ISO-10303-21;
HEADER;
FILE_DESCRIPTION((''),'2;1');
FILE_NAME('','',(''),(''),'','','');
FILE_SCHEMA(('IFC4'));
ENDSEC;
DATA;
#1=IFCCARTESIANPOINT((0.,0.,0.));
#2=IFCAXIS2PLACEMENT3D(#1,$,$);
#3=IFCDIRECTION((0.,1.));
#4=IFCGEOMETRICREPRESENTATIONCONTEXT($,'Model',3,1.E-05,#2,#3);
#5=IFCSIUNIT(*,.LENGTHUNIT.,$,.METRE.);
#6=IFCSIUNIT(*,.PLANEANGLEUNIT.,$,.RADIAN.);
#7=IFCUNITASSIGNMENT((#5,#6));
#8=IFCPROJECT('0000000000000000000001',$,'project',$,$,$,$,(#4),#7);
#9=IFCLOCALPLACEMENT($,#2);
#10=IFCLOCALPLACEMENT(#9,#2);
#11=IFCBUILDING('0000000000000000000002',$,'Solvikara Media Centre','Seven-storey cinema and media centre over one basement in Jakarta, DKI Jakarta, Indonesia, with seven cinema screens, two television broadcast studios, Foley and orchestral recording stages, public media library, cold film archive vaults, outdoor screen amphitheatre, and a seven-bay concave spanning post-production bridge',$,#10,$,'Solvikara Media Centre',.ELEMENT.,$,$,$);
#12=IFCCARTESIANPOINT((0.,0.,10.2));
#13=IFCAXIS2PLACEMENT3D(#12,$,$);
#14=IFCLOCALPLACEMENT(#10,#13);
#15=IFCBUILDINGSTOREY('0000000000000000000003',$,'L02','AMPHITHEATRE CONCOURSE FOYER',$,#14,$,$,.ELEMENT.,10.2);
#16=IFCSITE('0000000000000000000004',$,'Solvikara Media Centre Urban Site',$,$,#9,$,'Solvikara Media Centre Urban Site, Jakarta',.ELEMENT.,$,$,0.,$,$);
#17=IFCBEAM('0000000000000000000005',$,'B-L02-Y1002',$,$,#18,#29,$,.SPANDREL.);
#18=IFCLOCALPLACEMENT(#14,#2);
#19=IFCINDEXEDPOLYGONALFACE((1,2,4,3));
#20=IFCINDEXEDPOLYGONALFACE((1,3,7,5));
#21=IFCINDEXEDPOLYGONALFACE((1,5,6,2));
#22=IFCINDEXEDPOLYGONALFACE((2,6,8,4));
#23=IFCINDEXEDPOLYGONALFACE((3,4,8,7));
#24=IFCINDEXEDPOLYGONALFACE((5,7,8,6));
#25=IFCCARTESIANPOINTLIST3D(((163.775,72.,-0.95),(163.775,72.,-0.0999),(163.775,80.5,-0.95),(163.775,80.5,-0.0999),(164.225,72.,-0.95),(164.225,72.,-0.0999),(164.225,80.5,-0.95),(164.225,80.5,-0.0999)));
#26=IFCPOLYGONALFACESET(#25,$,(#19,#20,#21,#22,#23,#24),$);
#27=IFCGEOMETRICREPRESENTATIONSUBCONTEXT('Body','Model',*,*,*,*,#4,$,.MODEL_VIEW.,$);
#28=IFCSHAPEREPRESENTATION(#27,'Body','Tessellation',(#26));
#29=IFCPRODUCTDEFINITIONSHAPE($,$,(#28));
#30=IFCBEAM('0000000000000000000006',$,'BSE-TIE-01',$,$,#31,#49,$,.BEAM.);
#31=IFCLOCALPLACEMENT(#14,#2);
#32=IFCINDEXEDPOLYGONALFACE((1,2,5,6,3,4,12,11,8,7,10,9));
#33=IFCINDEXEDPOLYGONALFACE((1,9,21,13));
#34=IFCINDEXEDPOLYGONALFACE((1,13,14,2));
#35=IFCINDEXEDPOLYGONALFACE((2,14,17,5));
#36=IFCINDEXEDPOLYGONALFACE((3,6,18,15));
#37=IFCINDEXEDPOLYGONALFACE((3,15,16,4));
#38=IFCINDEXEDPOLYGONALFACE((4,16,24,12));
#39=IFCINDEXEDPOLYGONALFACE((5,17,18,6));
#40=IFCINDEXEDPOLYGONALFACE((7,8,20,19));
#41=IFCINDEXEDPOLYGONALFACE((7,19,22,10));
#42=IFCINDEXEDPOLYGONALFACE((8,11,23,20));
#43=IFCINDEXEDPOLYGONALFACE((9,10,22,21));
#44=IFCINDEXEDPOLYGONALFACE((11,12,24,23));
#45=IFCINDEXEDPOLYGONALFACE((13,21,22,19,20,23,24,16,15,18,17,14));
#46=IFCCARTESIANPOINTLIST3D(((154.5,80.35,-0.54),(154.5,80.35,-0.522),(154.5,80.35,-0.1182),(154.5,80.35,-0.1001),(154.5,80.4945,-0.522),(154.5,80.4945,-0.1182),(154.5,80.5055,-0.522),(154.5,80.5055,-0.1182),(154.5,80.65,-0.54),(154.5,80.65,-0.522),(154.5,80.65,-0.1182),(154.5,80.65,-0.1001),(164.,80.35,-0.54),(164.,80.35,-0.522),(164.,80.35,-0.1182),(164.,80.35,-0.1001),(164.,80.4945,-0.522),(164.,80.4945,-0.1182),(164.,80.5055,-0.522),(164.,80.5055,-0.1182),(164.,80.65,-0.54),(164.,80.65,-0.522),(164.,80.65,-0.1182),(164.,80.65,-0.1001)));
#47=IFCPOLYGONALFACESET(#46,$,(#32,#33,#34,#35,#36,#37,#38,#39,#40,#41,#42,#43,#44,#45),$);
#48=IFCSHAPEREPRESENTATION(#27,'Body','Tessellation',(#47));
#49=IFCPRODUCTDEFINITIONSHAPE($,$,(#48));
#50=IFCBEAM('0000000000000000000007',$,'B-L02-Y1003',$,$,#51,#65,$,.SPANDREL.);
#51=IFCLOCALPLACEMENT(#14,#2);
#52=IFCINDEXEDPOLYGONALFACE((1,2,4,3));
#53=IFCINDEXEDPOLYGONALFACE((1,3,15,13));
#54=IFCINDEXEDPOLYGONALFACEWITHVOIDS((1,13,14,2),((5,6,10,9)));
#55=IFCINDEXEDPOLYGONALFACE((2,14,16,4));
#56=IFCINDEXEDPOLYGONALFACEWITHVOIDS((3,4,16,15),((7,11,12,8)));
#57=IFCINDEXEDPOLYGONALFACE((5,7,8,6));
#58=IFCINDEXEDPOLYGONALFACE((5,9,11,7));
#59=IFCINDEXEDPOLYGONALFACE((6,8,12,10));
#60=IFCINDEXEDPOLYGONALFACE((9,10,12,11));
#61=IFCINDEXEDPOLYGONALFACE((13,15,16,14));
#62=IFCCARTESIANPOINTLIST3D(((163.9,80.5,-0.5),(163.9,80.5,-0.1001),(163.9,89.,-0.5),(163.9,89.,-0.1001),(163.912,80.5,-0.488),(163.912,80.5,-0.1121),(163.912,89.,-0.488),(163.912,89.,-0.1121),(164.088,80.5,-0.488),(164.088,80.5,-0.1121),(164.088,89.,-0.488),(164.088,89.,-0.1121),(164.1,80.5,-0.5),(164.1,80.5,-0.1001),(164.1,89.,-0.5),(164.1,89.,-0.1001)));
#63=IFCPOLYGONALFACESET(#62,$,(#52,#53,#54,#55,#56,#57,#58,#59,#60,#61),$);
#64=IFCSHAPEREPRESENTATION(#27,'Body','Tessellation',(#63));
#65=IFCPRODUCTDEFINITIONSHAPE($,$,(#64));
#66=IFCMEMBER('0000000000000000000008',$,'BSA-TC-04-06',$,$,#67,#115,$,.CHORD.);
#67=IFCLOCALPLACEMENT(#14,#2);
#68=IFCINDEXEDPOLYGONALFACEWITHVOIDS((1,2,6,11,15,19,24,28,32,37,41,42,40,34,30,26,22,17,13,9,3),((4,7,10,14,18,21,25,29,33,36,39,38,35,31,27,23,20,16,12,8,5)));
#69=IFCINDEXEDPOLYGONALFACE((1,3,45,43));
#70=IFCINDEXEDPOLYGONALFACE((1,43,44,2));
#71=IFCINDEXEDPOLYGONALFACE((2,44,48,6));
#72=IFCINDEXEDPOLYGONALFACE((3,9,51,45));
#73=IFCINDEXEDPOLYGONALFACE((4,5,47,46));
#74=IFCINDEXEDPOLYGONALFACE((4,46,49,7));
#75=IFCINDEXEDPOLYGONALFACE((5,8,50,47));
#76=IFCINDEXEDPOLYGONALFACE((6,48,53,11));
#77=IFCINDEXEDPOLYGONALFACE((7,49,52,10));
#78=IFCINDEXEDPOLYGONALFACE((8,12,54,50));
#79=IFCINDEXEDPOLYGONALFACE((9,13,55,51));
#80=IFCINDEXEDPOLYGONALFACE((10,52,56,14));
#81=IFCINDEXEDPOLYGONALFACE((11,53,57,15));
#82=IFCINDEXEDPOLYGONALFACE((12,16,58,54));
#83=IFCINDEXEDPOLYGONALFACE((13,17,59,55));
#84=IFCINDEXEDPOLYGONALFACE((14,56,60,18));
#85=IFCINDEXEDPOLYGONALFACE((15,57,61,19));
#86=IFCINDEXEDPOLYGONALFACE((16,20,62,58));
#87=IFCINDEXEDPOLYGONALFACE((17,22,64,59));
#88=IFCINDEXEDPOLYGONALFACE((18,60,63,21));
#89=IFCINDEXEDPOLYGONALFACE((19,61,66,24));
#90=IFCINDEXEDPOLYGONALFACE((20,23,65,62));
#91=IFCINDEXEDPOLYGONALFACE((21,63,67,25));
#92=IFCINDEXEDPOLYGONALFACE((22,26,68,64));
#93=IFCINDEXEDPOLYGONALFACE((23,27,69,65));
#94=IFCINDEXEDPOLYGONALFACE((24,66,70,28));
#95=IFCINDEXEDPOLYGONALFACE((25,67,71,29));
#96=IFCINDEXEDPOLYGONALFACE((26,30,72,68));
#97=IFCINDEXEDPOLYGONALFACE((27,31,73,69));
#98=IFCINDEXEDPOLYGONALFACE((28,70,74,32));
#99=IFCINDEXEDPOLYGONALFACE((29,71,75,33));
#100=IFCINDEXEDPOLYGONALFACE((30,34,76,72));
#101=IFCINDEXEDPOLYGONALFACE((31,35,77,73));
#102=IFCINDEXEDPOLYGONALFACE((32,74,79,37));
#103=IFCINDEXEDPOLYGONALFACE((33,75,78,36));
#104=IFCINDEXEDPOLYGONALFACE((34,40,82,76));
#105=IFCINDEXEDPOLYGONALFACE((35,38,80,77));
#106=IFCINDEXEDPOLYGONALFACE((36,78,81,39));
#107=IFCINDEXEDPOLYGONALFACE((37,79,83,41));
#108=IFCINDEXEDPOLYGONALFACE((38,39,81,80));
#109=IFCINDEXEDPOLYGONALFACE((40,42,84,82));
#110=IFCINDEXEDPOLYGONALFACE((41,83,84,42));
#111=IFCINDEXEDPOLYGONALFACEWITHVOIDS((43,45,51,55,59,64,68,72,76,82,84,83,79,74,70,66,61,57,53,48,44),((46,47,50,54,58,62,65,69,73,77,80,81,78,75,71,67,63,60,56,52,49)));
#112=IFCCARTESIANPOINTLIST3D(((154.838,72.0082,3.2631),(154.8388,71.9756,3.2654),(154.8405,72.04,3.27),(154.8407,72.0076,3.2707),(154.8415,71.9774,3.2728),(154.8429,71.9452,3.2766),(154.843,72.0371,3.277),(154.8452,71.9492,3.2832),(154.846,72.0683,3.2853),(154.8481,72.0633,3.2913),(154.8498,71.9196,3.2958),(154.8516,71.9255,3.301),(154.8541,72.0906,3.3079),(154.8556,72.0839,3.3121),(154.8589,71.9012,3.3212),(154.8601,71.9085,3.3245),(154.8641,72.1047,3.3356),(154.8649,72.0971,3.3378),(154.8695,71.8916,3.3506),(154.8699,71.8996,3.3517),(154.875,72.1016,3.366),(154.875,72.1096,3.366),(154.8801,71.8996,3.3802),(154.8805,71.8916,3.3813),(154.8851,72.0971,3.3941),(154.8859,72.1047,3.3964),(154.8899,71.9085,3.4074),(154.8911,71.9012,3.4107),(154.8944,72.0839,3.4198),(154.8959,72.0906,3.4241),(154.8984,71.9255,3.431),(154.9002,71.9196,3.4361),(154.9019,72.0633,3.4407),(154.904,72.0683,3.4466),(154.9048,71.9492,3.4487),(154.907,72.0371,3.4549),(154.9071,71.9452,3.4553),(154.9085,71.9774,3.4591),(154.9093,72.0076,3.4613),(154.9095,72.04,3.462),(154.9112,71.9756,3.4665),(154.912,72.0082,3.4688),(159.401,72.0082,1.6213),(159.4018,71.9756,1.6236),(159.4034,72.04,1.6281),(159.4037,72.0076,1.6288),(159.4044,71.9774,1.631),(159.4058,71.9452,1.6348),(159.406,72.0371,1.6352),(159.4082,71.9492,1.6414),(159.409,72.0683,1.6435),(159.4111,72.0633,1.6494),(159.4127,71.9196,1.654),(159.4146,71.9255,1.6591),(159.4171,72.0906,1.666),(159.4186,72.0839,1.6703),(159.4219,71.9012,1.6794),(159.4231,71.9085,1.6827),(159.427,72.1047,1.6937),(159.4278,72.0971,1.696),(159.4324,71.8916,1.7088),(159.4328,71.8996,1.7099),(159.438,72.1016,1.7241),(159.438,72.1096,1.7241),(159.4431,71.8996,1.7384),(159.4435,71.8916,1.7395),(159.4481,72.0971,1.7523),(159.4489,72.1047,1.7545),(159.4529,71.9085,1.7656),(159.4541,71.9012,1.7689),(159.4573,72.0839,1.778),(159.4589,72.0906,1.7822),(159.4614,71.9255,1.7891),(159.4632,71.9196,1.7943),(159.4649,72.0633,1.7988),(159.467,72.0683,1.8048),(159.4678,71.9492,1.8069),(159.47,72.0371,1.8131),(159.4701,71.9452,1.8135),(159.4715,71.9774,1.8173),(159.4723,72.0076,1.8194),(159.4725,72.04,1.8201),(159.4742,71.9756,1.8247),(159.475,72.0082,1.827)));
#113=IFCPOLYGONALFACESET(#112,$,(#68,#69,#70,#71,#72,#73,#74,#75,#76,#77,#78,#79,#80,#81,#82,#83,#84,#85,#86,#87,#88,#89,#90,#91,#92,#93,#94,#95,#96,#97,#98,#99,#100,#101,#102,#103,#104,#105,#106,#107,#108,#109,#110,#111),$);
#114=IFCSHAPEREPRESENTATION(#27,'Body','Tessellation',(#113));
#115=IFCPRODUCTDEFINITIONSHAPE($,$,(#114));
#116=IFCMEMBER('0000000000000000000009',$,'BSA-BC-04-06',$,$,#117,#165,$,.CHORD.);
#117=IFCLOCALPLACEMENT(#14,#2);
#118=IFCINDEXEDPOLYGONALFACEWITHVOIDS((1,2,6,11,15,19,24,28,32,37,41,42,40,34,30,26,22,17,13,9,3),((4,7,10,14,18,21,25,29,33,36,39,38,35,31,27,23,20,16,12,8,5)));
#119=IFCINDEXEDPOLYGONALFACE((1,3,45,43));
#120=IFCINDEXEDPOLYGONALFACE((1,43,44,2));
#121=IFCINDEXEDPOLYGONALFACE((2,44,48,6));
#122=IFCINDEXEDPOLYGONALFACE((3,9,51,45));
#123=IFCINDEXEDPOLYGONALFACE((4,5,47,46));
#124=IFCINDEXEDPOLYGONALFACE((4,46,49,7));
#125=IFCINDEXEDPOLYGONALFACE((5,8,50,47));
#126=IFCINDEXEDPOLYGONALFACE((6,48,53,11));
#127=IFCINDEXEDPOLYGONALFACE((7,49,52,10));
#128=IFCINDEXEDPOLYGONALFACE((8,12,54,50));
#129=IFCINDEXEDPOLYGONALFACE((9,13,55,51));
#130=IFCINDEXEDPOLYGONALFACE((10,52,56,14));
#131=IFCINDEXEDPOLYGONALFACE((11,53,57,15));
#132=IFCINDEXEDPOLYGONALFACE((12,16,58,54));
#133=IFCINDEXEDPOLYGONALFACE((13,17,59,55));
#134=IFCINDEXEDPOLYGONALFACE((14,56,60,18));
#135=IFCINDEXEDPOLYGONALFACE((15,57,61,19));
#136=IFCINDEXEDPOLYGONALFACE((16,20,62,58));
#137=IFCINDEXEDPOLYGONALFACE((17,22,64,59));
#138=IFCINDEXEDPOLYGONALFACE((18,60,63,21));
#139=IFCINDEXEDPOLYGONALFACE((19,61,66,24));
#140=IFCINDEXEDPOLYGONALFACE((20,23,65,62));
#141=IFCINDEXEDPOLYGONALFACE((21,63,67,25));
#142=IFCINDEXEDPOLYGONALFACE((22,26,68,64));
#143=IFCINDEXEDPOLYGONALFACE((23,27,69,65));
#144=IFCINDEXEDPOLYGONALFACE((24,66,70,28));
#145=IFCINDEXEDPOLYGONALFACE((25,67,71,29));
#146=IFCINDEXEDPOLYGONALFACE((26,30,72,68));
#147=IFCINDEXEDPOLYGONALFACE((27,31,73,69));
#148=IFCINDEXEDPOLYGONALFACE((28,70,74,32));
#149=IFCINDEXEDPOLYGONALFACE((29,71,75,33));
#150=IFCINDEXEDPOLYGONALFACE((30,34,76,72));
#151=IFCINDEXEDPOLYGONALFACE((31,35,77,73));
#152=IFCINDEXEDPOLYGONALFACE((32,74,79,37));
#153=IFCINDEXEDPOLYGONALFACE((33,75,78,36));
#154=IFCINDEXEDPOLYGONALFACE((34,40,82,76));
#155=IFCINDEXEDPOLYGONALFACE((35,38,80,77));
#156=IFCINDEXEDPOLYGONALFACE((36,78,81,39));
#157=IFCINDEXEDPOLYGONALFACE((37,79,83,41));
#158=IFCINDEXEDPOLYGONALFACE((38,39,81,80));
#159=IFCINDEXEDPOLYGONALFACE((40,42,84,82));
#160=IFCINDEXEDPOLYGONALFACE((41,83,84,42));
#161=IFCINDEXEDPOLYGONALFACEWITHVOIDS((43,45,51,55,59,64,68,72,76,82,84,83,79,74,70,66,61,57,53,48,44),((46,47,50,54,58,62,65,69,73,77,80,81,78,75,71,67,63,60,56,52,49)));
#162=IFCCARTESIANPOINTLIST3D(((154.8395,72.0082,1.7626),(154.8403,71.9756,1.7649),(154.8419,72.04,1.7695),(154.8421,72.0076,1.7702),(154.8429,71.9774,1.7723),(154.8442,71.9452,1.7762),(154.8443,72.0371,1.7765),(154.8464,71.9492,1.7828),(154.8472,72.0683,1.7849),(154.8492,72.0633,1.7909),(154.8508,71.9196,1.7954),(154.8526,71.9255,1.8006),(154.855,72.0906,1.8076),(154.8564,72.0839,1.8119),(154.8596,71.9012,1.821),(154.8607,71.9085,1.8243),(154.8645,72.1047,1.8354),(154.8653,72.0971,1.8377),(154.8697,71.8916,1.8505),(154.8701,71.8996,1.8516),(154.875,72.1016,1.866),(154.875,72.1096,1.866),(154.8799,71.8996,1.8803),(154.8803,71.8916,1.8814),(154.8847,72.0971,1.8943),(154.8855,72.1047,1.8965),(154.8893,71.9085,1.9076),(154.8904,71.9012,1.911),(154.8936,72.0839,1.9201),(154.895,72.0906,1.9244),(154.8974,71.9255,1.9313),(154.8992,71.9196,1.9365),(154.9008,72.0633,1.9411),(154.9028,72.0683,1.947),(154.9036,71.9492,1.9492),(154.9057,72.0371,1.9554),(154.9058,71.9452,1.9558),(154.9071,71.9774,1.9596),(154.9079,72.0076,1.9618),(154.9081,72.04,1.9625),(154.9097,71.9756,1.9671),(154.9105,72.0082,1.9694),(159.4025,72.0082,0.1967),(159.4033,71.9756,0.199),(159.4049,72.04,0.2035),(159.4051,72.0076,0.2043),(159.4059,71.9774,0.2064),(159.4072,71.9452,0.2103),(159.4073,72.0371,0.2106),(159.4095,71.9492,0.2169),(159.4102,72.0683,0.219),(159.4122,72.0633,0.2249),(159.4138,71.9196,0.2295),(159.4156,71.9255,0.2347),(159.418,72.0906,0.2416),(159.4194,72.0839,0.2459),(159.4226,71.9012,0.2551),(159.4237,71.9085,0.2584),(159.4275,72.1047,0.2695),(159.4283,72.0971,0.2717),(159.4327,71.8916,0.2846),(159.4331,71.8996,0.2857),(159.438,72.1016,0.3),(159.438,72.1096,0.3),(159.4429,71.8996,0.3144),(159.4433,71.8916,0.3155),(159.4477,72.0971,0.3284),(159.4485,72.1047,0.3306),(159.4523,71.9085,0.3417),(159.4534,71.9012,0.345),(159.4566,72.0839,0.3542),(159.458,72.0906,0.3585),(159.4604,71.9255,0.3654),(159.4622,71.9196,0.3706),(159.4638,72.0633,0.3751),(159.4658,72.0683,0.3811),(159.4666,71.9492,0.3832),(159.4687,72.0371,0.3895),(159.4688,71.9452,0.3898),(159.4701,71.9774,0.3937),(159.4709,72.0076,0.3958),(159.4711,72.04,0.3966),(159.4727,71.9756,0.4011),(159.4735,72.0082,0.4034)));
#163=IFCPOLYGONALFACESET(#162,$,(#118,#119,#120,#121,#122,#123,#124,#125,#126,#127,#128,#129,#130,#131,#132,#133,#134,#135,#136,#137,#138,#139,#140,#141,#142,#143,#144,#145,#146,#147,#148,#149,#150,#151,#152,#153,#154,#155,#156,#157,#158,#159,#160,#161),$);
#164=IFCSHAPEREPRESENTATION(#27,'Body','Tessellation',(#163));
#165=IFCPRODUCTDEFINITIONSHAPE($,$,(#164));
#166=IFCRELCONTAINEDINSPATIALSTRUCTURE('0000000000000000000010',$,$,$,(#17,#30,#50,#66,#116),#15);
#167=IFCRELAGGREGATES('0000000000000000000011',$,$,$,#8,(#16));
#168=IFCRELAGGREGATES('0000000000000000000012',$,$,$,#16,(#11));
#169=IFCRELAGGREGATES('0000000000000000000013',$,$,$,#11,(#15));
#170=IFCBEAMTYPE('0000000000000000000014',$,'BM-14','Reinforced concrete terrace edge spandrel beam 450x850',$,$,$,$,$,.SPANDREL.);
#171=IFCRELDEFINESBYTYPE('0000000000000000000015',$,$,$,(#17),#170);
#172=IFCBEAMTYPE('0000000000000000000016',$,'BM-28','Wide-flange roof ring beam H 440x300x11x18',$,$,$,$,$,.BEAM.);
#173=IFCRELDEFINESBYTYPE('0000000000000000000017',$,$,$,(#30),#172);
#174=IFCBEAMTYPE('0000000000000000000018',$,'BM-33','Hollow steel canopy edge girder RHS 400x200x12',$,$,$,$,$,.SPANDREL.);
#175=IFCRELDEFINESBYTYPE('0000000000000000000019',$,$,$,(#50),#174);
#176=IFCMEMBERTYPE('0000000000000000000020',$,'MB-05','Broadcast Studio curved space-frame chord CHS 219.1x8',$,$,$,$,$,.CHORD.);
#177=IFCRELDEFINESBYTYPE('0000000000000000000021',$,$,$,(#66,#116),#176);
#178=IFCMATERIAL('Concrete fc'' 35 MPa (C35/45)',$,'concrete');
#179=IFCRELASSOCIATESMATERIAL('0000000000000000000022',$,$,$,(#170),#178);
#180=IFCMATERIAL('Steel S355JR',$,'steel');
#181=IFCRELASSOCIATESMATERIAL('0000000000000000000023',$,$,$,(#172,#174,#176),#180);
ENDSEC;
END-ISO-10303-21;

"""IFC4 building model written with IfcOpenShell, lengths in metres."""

from ifc_helpers import new_model, si_unit, direction, frame, origin, origin_2d, place, context, subcontext, project, spatial, rectangle, hollow_rectangle, hollow_circle, i_section, extrude, material, material_profile, profile_set, type_object, element, save


model = new_model("IFC4")

# Units and contexts
model_context = context("Model", 3, precision=1e-05, world=origin(), true_north=direction((0.0, 1.0)))
body_context = subcontext(model_context, "Body", "Model", "MODEL_VIEW")
ifc_project = project(units=[si_unit("LENGTHUNIT", "METRE"), si_unit("PLANEANGLEUNIT", "RADIAN")], contexts=[model_context])

# Site, building, storey
site_placement = place(None, origin())
site = spatial("IfcSite", under=ifc_project, at=site_placement, Name="Solvikara Media Centre Urban Site", LongName="Solvikara Media Centre Urban Site, Jakarta", CompositionType="ELEMENT", RefElevation=0.0)
building_placement = place(site_placement, origin())
building = spatial("IfcBuilding", under=site, at=building_placement, Name="Solvikara Media Centre", Description="Seven-storey cinema and media centre over one basement in Jakarta, DKI Jakarta, Indonesia, with seven cinema screens, two television broadcast studios, Foley and orchestral recording stages, public media library, cold film archive vaults, outdoor screen amphitheatre, and a seven-bay concave spanning post-production bridge", LongName="Solvikara Media Centre", CompositionType="ELEMENT")
storey_placement = place(building_placement, frame((0.0, 0.0, 10.2)))
storey = spatial("IfcBuildingStorey", under=building, at=storey_placement, Name="L02", Description="AMPHITHEATRE CONCOURSE FOYER", CompositionType="ELEMENT", Elevation=10.2)

# Beams
ifc_material_1 = material(Name="Concrete fc' 35 MPa (C35/45)", Category="concrete")
ifc_material_profile_1 = material_profile(ifc_material_1, rectangle(XDim=0.45, YDim=0.8501, at=origin_2d()), Name="RC 450x850")
ifc_profile_set_1 = profile_set([ifc_material_profile_1], Name="Concrete fc' 35 MPa (C35/45)")
beam_type_1 = type_object("IfcBeamType", Name="BM-14", Description="Reinforced concrete terrace edge spandrel beam 450x850", PredefinedType="SPANDREL", material=ifc_profile_set_1)
beam_1_placement = place(storey_placement, frame((164.0, 72.0, -0.5249), z_axis=(0.0, 1.0, 0.0), x_axis=(-1.0, 0.0, 0.0)))
element("IfcBeam", 1, at=beam_1_placement, inside=storey, type_object=beam_type_1, Name="B-L02-Y1002", PredefinedType="SPANDREL", context=body_context, shape_type="SweptSolid", body=[
    extrude(rectangle(XDim=0.45, YDim=0.8501, at=origin_2d()), origin(), (0.0, 0.0, 1.0), 8.5),
])
ifc_material_2 = material(Name="Steel S355JR", Category="steel")
ifc_material_profile_2 = material_profile(ifc_material_2, i_section(OverallWidth=0.3, OverallDepth=0.4399, WebThickness=0.011, FlangeThickness=0.0181, at=origin_2d()), Name="H 440x300x11x18")
ifc_profile_set_2 = profile_set([ifc_material_profile_2], Name="Steel S355JR")
beam_type_2 = type_object("IfcBeamType", Name="BM-28", Description="Wide-flange roof ring beam H 440x300x11x18", PredefinedType="BEAM", material=ifc_profile_set_2)
beam_2_placement = place(storey_placement, frame((154.5, 80.5, -0.3201), z_axis=(1.0, 0.0, 0.0), x_axis=(0.0, 1.0, 0.0)))
element("IfcBeam", 2, at=beam_2_placement, inside=storey, type_object=beam_type_2, Name="BSE-TIE-01", PredefinedType="BEAM", context=body_context, shape_type="SweptSolid", body=[
    extrude(i_section(OverallWidth=0.3, OverallDepth=0.4399, WebThickness=0.011, FlangeThickness=0.0181, at=origin_2d()), origin(), (0.0, 0.0, 1.0), 9.5),
])
ifc_material_profile_3 = material_profile(ifc_material_2, hollow_rectangle(XDim=0.2, YDim=0.3999, WallThickness=0.012, at=origin_2d()), Name="RHS 400x200x12")
ifc_profile_set_3 = profile_set([ifc_material_profile_3], Name="Steel S355JR")
beam_type_3 = type_object("IfcBeamType", Name="BM-33", Description="Hollow steel canopy edge girder RHS 400x200x12", PredefinedType="SPANDREL", material=ifc_profile_set_3)
beam_3_placement = place(storey_placement, frame((164.0, 80.5, -0.3), z_axis=(0.0, 1.0, 0.0), x_axis=(-1.0, 0.0, 0.0)))
element("IfcBeam", 3, at=beam_3_placement, inside=storey, type_object=beam_type_3, Name="B-L02-Y1003", PredefinedType="SPANDREL", context=body_context, shape_type="SweptSolid", body=[
    extrude(hollow_rectangle(XDim=0.2, YDim=0.3999, WallThickness=0.012, at=origin_2d()), origin(), (0.0, 0.0, 1.0), 8.5),
])

# Members
ifc_material_profile_4 = material_profile(ifc_material_2, hollow_circle(Radius=0.1096, WallThickness=0.0081, at=origin_2d()), Name="CHS 219.1x8")
ifc_profile_set_4 = profile_set([ifc_material_profile_4], Name="Steel S355JR")
member_type_1 = type_object("IfcMemberType", Name="MB-05", Description="Broadcast Studio curved space-frame chord CHS 219.1x8", PredefinedType="CHORD", material=ifc_profile_set_4)
member_1_placement = place(storey_placement, frame((154.875, 72.0, 3.366), z_axis=(0.940942, 0.0, -0.338568), x_axis=(0.0, 1.0, 0.0)))
element("IfcMember", 4, at=member_1_placement, inside=storey, type_object=member_type_1, Name="BSA-TC-04-06", PredefinedType="CHORD", context=body_context, shape_type="SweptSolid", body=[
    extrude(hollow_circle(Radius=0.1096, WallThickness=0.0081, at=origin_2d()), origin(), (0.0, 0.0, 1.0), 4.8494),
])
member_2_placement = place(storey_placement, frame((154.875, 72.0, 1.866), z_axis=(0.945853, 0.0, -0.324596), x_axis=(0.0, 1.0, 0.0)))
element("IfcMember", 5, at=member_2_placement, inside=storey, type_object=member_type_1, Name="BSA-BC-04-06", PredefinedType="CHORD", context=body_context, shape_type="SweptSolid", body=[
    extrude(hollow_circle(Radius=0.1096, WallThickness=0.0081, at=origin_2d()), origin(), (0.0, 0.0, 1.0), 4.8242),
])

save(model, "model.ifc")
